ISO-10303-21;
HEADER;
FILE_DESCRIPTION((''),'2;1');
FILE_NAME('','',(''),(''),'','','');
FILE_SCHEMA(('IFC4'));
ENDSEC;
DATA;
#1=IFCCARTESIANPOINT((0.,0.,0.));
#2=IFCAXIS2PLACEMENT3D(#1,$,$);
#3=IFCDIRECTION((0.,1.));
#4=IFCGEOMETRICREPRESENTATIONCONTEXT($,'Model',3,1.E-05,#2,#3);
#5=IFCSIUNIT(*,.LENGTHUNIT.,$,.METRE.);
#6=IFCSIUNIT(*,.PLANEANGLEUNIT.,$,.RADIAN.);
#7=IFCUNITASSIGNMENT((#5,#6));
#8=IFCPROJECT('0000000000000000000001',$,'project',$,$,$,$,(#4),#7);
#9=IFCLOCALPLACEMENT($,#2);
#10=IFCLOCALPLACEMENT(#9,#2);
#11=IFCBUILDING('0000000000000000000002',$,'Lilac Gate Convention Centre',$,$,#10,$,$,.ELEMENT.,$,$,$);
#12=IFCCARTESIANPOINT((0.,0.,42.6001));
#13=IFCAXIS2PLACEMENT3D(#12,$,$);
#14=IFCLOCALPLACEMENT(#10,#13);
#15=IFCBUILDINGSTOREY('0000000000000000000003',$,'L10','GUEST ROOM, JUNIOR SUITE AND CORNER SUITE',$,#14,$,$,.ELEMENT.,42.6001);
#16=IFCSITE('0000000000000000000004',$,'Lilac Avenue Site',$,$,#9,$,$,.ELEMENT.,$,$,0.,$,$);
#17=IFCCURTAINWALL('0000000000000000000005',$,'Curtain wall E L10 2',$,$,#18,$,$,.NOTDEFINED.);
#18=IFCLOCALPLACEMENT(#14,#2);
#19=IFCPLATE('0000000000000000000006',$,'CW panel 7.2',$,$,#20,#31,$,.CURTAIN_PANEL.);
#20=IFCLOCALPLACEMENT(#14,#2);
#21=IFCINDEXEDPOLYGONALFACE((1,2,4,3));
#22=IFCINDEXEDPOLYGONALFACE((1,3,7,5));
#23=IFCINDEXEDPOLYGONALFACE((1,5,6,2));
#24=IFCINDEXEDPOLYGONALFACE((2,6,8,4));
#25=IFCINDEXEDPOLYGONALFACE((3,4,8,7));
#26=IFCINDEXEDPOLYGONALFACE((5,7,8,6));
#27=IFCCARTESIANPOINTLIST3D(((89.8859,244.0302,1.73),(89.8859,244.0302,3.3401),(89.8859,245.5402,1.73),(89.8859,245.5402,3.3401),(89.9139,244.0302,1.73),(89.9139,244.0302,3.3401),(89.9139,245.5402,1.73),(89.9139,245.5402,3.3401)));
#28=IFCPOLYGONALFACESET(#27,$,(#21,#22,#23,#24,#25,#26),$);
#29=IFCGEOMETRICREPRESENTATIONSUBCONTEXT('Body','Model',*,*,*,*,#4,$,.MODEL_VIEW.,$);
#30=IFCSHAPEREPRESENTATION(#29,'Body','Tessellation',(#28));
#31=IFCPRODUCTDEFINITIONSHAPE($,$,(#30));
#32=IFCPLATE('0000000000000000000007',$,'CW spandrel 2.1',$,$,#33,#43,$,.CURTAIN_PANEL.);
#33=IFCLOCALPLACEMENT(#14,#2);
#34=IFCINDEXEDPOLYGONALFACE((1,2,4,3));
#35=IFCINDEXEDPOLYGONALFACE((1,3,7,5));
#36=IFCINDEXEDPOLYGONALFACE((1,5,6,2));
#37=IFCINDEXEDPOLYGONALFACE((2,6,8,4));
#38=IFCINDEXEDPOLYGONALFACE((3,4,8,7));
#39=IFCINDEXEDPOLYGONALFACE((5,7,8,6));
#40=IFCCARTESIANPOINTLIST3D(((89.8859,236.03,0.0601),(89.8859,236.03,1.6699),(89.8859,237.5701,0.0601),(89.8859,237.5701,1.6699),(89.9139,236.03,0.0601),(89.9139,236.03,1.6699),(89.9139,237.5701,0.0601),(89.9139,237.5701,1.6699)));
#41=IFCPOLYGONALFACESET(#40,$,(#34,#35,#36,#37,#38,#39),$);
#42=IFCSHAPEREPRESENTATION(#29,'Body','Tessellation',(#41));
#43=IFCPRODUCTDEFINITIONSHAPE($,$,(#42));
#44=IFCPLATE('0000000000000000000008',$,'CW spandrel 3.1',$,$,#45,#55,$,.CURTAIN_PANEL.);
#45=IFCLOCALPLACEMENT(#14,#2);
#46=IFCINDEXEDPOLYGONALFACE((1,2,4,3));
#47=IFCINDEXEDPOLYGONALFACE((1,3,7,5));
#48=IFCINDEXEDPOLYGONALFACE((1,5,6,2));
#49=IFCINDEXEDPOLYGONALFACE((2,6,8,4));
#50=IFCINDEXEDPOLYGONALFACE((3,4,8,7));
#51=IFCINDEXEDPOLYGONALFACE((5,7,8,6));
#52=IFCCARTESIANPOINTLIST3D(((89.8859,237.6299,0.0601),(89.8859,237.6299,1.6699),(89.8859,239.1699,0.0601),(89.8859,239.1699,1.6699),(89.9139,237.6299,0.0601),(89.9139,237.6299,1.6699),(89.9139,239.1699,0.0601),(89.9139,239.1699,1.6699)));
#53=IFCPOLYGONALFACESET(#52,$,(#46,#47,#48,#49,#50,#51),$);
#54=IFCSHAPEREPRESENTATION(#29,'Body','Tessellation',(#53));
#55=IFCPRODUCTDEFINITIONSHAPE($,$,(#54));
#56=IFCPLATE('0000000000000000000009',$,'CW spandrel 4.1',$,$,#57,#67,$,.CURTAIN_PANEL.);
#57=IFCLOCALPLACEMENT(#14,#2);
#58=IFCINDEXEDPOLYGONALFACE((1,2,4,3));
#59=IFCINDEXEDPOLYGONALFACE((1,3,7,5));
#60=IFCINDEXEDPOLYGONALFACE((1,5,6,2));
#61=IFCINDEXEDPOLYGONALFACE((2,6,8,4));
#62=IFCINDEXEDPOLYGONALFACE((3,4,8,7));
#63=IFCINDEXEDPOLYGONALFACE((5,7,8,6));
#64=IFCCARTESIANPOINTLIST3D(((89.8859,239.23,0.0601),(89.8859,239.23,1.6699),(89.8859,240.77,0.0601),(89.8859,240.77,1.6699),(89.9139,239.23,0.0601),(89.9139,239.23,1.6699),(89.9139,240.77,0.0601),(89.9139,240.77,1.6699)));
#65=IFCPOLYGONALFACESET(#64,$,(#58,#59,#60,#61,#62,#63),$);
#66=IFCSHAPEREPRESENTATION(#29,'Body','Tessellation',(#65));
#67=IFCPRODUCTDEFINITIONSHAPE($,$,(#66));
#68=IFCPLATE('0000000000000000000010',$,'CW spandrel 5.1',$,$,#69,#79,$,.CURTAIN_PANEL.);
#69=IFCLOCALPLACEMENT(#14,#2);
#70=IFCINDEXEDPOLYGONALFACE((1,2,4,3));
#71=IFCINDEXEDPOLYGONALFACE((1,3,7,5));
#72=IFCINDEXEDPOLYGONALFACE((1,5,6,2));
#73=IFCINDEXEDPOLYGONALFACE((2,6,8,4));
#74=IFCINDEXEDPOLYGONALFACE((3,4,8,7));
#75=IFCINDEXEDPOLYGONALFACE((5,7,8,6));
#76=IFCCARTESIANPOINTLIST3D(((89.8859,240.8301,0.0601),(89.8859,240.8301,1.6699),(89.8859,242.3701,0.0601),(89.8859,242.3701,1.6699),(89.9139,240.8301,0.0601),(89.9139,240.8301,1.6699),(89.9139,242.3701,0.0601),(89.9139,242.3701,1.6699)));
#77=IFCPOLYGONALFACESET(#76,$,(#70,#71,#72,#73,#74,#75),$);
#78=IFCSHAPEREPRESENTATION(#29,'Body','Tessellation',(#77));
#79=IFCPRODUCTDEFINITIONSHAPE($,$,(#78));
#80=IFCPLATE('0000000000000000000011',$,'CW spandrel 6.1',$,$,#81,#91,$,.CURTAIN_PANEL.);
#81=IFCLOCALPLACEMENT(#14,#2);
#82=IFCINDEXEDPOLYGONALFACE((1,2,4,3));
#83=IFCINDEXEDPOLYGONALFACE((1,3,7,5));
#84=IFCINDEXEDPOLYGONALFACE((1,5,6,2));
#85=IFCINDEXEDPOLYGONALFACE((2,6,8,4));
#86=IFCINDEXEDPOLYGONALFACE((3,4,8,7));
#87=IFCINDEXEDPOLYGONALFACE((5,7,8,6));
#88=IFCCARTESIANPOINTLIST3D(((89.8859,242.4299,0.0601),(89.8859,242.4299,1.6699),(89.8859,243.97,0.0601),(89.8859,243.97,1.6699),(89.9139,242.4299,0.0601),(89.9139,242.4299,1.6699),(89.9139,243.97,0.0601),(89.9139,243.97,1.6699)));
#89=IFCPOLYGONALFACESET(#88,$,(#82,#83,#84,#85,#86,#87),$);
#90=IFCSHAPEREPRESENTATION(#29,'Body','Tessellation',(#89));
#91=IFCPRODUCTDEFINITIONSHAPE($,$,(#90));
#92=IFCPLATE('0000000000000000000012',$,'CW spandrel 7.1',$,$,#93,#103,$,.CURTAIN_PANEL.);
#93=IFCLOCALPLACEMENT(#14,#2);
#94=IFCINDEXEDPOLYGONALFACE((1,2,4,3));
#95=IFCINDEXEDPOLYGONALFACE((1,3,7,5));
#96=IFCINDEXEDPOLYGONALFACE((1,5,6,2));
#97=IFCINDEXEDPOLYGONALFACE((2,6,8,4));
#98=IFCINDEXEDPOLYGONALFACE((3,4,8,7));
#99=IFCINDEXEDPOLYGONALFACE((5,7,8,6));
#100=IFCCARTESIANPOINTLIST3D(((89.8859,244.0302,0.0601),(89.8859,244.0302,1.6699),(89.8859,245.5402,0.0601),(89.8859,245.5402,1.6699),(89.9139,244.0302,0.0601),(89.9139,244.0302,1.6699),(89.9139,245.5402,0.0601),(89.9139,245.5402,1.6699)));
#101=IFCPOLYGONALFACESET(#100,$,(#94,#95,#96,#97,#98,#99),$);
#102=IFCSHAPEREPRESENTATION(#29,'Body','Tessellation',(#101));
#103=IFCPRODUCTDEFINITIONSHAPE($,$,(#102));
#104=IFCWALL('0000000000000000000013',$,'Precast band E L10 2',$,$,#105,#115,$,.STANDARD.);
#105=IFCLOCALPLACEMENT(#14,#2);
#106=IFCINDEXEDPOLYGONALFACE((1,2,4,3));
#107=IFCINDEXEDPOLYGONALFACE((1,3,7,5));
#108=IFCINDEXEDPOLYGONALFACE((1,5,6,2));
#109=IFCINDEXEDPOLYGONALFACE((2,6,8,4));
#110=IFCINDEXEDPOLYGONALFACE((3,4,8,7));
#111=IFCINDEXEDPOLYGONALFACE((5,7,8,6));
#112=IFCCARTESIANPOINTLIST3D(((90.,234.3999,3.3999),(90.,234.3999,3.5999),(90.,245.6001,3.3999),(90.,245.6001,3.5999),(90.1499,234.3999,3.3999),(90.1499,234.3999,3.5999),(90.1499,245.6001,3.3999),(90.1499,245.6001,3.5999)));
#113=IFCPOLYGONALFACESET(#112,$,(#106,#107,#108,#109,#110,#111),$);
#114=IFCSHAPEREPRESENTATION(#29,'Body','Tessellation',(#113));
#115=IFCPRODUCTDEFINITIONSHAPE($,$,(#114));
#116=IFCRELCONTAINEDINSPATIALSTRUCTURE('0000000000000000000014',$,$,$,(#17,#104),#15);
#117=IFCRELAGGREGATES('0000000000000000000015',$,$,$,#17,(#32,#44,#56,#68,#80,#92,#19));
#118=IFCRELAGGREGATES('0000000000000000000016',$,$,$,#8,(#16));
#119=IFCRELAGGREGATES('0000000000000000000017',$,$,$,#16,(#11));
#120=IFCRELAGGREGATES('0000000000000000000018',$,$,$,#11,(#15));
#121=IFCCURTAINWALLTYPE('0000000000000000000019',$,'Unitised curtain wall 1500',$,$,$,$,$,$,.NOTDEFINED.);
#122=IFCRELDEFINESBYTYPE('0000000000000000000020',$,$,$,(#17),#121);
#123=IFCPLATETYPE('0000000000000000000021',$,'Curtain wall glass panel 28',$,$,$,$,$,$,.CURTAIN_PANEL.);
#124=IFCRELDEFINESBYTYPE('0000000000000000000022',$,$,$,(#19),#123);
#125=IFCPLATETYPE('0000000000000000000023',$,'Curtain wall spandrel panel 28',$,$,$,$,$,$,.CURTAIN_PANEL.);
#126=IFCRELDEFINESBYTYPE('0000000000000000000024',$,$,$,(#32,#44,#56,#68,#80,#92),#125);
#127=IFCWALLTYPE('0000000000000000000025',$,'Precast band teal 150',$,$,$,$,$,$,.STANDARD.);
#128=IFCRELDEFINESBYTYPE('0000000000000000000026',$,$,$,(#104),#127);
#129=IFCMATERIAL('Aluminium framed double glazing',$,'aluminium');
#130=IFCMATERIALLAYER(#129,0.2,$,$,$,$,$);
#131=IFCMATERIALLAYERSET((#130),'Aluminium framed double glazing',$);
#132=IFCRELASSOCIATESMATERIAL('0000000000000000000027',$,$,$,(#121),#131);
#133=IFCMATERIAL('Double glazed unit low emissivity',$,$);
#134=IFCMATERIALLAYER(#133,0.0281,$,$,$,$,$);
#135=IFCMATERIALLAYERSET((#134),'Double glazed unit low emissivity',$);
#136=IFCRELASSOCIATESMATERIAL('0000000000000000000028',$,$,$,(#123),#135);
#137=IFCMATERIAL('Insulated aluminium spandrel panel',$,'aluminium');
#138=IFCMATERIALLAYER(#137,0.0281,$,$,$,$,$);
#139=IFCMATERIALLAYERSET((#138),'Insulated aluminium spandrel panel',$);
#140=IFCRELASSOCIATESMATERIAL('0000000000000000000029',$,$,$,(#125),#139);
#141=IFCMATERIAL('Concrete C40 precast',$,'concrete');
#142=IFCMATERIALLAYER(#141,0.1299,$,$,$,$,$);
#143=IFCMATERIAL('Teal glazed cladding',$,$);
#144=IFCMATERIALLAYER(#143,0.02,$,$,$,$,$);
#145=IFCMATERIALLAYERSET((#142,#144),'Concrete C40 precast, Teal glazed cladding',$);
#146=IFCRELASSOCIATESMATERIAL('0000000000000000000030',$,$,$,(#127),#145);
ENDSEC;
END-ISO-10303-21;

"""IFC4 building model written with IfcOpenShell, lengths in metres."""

from ifc_helpers import new_model, si_unit, direction, frame, frame_2d, origin, origin_2d, place, context, subcontext, project, spatial, rectangle, extrude, material, layer, layer_set, type_object, element, aggregate, save


model = new_model("IFC4")

# Units and contexts
model_context = context("Model", 3, precision=1e-05, world=origin(), true_north=direction((0.0, 1.0)))
body_context = subcontext(model_context, "Body", "Model", "MODEL_VIEW")
ifc_project = project(units=[si_unit("LENGTHUNIT", "METRE"), si_unit("PLANEANGLEUNIT", "RADIAN")], contexts=[model_context])

# Site, building, storey
site_placement = place(None, origin())
site = spatial("IfcSite", under=ifc_project, at=site_placement, Name="Lilac Avenue Site", CompositionType="ELEMENT", RefElevation=0.0)
building_placement = place(site_placement, origin())
building = spatial("IfcBuilding", under=site, at=building_placement, Name="Lilac Gate Convention Centre", CompositionType="ELEMENT")
storey_placement = place(building_placement, frame((0.0, 0.0, 42.6001)))
storey = spatial("IfcBuildingStorey", under=building, at=storey_placement, Name="L10", Description="GUEST ROOM, JUNIOR SUITE AND CORNER SUITE", CompositionType="ELEMENT", Elevation=42.6001)

# Curtain wall
ifc_material_1 = material(Name="Aluminium framed double glazing", Category="aluminium")
ifc_layer_1 = layer(ifc_material_1, 0.2)
ifc_layer_set_1 = layer_set([ifc_layer_1], Name="Aluminium framed double glazing")
curtain_wall_type = type_object("IfcCurtainWallType", Name="Unitised curtain wall 1500", PredefinedType="NOTDEFINED", material=ifc_layer_set_1)
curtain_wall_placement = place(storey_placement, origin())
curtain_wall = element("IfcCurtainWall", 1, at=curtain_wall_placement, inside=storey, type_object=curtain_wall_type, Name="Curtain wall E L10 2", PredefinedType="NOTDEFINED")

# Plates
ifc_material_2 = material(Name="Double glazed unit low emissivity")
ifc_layer_2 = layer(ifc_material_2, 0.0281)
ifc_layer_set_2 = layer_set([ifc_layer_2], Name="Double glazed unit low emissivity")
plate_type_1 = type_object("IfcPlateType", Name="Curtain wall glass panel 28", PredefinedType="CURTAIN_PANEL", material=ifc_layer_set_2)
plate_1_placement = place(storey_placement, frame((89.8999, 244.7852, 1.73), z_axis=(0.0, 0.0, 1.0), x_axis=(0.0, 1.0, 0.0)))
plate_1 = element("IfcPlate", 2, at=plate_1_placement, type_object=plate_type_1, Name="CW panel 7.2", PredefinedType="CURTAIN_PANEL", context=body_context, shape_type="SweptSolid", body=[
    extrude(rectangle(XDim=1.51, YDim=0.0281, at=origin_2d()), origin(), (0.0, 0.0, 1.0), 1.6101),
])
ifc_material_3 = material(Name="Insulated aluminium spandrel panel", Category="aluminium")
ifc_layer_3 = layer(ifc_material_3, 0.0281)
ifc_layer_set_3 = layer_set([ifc_layer_3], Name="Insulated aluminium spandrel panel")
plate_type_2 = type_object("IfcPlateType", Name="Curtain wall spandrel panel 28", PredefinedType="CURTAIN_PANEL", material=ifc_layer_set_3)
plate_2_placement = place(storey_placement, frame((89.8999, 236.8, 0.0601), z_axis=(0.0, 0.0, 1.0), x_axis=(0.0, 1.0, 0.0)))
plate_2 = element("IfcPlate", 3, at=plate_2_placement, type_object=plate_type_2, Name="CW spandrel 2.1", PredefinedType="CURTAIN_PANEL", context=body_context, shape_type="SweptSolid", body=[
    extrude(rectangle(XDim=1.54, YDim=0.0281, at=origin_2d()), origin(), (0.0, 0.0, 1.0), 1.6099),
])
plate_3_placement = place(storey_placement, frame((89.8999, 238.3999, 0.0601), z_axis=(0.0, 0.0, 1.0), x_axis=(0.0, 1.0, 0.0)))
plate_3 = element("IfcPlate", 4, at=plate_3_placement, type_object=plate_type_2, Name="CW spandrel 3.1", PredefinedType="CURTAIN_PANEL", context=body_context, shape_type="SweptSolid", body=[
    extrude(rectangle(XDim=1.54, YDim=0.0281, at=origin_2d()), origin(), (0.0, 0.0, 1.0), 1.6099),
])
plate_4_placement = place(storey_placement, frame((89.8999, 240.0, 0.0601), z_axis=(0.0, 0.0, 1.0), x_axis=(0.0, 1.0, 0.0)))
plate_4 = element("IfcPlate", 5, at=plate_4_placement, type_object=plate_type_2, Name="CW spandrel 4.1", PredefinedType="CURTAIN_PANEL", context=body_context, shape_type="SweptSolid", body=[
    extrude(rectangle(XDim=1.54, YDim=0.0281, at=origin_2d()), origin(), (0.0, 0.0, 1.0), 1.6099),
])
plate_5_placement = place(storey_placement, frame((89.8999, 241.6001, 0.0601), z_axis=(0.0, 0.0, 1.0), x_axis=(0.0, 1.0, 0.0)))
plate_5 = element("IfcPlate", 6, at=plate_5_placement, type_object=plate_type_2, Name="CW spandrel 5.1", PredefinedType="CURTAIN_PANEL", context=body_context, shape_type="SweptSolid", body=[
    extrude(rectangle(XDim=1.54, YDim=0.0281, at=origin_2d()), origin(), (0.0, 0.0, 1.0), 1.6099),
])
plate_6_placement = place(storey_placement, frame((89.8999, 243.2, 0.0601), z_axis=(0.0, 0.0, 1.0), x_axis=(0.0, 1.0, 0.0)))
plate_6 = element("IfcPlate", 7, at=plate_6_placement, type_object=plate_type_2, Name="CW spandrel 6.1", PredefinedType="CURTAIN_PANEL", context=body_context, shape_type="SweptSolid", body=[
    extrude(rectangle(XDim=1.54, YDim=0.0281, at=origin_2d()), origin(), (0.0, 0.0, 1.0), 1.6099),
])
plate_7_placement = place(storey_placement, frame((89.8999, 244.7852, 0.0601), z_axis=(0.0, 0.0, 1.0), x_axis=(0.0, 1.0, 0.0)))
plate_7 = element("IfcPlate", 8, at=plate_7_placement, type_object=plate_type_2, Name="CW spandrel 7.1", PredefinedType="CURTAIN_PANEL", context=body_context, shape_type="SweptSolid", body=[
    extrude(rectangle(XDim=1.51, YDim=0.0281, at=origin_2d()), origin(), (0.0, 0.0, 1.0), 1.6099),
])
aggregate(curtain_wall, [plate_2, plate_3, plate_4, plate_5, plate_6, plate_7, plate_1])

# Wall
ifc_material_4 = material(Name="Concrete C40 precast", Category="concrete")
ifc_layer_4 = layer(ifc_material_4, 0.1299)
ifc_material_5 = material(Name="Teal glazed cladding")
ifc_layer_5 = layer(ifc_material_5, 0.02)
ifc_layer_set_4 = layer_set([ifc_layer_4, ifc_layer_5], Name="Concrete C40 precast, Teal glazed cladding")
wall_type = type_object("IfcWallType", Name="Precast band teal 150", PredefinedType="STANDARD", material=ifc_layer_set_4)
wall_placement = place(storey_placement, frame((90.075, 234.3999, 3.3999), z_axis=(0.0, 0.0, 1.0), x_axis=(0.0, 1.0, 0.0)))
element("IfcWall", 9, at=wall_placement, inside=storey, type_object=wall_type, Name="Precast band E L10 2", PredefinedType="STANDARD", context=body_context, shape_type="SweptSolid", body=[
    extrude(rectangle(XDim=11.2002, YDim=0.1499, at=frame_2d((5.6001, 0.0))), origin(), (0.0, 0.0, 1.0), 0.2),
])

save(model, "model.ifc")
